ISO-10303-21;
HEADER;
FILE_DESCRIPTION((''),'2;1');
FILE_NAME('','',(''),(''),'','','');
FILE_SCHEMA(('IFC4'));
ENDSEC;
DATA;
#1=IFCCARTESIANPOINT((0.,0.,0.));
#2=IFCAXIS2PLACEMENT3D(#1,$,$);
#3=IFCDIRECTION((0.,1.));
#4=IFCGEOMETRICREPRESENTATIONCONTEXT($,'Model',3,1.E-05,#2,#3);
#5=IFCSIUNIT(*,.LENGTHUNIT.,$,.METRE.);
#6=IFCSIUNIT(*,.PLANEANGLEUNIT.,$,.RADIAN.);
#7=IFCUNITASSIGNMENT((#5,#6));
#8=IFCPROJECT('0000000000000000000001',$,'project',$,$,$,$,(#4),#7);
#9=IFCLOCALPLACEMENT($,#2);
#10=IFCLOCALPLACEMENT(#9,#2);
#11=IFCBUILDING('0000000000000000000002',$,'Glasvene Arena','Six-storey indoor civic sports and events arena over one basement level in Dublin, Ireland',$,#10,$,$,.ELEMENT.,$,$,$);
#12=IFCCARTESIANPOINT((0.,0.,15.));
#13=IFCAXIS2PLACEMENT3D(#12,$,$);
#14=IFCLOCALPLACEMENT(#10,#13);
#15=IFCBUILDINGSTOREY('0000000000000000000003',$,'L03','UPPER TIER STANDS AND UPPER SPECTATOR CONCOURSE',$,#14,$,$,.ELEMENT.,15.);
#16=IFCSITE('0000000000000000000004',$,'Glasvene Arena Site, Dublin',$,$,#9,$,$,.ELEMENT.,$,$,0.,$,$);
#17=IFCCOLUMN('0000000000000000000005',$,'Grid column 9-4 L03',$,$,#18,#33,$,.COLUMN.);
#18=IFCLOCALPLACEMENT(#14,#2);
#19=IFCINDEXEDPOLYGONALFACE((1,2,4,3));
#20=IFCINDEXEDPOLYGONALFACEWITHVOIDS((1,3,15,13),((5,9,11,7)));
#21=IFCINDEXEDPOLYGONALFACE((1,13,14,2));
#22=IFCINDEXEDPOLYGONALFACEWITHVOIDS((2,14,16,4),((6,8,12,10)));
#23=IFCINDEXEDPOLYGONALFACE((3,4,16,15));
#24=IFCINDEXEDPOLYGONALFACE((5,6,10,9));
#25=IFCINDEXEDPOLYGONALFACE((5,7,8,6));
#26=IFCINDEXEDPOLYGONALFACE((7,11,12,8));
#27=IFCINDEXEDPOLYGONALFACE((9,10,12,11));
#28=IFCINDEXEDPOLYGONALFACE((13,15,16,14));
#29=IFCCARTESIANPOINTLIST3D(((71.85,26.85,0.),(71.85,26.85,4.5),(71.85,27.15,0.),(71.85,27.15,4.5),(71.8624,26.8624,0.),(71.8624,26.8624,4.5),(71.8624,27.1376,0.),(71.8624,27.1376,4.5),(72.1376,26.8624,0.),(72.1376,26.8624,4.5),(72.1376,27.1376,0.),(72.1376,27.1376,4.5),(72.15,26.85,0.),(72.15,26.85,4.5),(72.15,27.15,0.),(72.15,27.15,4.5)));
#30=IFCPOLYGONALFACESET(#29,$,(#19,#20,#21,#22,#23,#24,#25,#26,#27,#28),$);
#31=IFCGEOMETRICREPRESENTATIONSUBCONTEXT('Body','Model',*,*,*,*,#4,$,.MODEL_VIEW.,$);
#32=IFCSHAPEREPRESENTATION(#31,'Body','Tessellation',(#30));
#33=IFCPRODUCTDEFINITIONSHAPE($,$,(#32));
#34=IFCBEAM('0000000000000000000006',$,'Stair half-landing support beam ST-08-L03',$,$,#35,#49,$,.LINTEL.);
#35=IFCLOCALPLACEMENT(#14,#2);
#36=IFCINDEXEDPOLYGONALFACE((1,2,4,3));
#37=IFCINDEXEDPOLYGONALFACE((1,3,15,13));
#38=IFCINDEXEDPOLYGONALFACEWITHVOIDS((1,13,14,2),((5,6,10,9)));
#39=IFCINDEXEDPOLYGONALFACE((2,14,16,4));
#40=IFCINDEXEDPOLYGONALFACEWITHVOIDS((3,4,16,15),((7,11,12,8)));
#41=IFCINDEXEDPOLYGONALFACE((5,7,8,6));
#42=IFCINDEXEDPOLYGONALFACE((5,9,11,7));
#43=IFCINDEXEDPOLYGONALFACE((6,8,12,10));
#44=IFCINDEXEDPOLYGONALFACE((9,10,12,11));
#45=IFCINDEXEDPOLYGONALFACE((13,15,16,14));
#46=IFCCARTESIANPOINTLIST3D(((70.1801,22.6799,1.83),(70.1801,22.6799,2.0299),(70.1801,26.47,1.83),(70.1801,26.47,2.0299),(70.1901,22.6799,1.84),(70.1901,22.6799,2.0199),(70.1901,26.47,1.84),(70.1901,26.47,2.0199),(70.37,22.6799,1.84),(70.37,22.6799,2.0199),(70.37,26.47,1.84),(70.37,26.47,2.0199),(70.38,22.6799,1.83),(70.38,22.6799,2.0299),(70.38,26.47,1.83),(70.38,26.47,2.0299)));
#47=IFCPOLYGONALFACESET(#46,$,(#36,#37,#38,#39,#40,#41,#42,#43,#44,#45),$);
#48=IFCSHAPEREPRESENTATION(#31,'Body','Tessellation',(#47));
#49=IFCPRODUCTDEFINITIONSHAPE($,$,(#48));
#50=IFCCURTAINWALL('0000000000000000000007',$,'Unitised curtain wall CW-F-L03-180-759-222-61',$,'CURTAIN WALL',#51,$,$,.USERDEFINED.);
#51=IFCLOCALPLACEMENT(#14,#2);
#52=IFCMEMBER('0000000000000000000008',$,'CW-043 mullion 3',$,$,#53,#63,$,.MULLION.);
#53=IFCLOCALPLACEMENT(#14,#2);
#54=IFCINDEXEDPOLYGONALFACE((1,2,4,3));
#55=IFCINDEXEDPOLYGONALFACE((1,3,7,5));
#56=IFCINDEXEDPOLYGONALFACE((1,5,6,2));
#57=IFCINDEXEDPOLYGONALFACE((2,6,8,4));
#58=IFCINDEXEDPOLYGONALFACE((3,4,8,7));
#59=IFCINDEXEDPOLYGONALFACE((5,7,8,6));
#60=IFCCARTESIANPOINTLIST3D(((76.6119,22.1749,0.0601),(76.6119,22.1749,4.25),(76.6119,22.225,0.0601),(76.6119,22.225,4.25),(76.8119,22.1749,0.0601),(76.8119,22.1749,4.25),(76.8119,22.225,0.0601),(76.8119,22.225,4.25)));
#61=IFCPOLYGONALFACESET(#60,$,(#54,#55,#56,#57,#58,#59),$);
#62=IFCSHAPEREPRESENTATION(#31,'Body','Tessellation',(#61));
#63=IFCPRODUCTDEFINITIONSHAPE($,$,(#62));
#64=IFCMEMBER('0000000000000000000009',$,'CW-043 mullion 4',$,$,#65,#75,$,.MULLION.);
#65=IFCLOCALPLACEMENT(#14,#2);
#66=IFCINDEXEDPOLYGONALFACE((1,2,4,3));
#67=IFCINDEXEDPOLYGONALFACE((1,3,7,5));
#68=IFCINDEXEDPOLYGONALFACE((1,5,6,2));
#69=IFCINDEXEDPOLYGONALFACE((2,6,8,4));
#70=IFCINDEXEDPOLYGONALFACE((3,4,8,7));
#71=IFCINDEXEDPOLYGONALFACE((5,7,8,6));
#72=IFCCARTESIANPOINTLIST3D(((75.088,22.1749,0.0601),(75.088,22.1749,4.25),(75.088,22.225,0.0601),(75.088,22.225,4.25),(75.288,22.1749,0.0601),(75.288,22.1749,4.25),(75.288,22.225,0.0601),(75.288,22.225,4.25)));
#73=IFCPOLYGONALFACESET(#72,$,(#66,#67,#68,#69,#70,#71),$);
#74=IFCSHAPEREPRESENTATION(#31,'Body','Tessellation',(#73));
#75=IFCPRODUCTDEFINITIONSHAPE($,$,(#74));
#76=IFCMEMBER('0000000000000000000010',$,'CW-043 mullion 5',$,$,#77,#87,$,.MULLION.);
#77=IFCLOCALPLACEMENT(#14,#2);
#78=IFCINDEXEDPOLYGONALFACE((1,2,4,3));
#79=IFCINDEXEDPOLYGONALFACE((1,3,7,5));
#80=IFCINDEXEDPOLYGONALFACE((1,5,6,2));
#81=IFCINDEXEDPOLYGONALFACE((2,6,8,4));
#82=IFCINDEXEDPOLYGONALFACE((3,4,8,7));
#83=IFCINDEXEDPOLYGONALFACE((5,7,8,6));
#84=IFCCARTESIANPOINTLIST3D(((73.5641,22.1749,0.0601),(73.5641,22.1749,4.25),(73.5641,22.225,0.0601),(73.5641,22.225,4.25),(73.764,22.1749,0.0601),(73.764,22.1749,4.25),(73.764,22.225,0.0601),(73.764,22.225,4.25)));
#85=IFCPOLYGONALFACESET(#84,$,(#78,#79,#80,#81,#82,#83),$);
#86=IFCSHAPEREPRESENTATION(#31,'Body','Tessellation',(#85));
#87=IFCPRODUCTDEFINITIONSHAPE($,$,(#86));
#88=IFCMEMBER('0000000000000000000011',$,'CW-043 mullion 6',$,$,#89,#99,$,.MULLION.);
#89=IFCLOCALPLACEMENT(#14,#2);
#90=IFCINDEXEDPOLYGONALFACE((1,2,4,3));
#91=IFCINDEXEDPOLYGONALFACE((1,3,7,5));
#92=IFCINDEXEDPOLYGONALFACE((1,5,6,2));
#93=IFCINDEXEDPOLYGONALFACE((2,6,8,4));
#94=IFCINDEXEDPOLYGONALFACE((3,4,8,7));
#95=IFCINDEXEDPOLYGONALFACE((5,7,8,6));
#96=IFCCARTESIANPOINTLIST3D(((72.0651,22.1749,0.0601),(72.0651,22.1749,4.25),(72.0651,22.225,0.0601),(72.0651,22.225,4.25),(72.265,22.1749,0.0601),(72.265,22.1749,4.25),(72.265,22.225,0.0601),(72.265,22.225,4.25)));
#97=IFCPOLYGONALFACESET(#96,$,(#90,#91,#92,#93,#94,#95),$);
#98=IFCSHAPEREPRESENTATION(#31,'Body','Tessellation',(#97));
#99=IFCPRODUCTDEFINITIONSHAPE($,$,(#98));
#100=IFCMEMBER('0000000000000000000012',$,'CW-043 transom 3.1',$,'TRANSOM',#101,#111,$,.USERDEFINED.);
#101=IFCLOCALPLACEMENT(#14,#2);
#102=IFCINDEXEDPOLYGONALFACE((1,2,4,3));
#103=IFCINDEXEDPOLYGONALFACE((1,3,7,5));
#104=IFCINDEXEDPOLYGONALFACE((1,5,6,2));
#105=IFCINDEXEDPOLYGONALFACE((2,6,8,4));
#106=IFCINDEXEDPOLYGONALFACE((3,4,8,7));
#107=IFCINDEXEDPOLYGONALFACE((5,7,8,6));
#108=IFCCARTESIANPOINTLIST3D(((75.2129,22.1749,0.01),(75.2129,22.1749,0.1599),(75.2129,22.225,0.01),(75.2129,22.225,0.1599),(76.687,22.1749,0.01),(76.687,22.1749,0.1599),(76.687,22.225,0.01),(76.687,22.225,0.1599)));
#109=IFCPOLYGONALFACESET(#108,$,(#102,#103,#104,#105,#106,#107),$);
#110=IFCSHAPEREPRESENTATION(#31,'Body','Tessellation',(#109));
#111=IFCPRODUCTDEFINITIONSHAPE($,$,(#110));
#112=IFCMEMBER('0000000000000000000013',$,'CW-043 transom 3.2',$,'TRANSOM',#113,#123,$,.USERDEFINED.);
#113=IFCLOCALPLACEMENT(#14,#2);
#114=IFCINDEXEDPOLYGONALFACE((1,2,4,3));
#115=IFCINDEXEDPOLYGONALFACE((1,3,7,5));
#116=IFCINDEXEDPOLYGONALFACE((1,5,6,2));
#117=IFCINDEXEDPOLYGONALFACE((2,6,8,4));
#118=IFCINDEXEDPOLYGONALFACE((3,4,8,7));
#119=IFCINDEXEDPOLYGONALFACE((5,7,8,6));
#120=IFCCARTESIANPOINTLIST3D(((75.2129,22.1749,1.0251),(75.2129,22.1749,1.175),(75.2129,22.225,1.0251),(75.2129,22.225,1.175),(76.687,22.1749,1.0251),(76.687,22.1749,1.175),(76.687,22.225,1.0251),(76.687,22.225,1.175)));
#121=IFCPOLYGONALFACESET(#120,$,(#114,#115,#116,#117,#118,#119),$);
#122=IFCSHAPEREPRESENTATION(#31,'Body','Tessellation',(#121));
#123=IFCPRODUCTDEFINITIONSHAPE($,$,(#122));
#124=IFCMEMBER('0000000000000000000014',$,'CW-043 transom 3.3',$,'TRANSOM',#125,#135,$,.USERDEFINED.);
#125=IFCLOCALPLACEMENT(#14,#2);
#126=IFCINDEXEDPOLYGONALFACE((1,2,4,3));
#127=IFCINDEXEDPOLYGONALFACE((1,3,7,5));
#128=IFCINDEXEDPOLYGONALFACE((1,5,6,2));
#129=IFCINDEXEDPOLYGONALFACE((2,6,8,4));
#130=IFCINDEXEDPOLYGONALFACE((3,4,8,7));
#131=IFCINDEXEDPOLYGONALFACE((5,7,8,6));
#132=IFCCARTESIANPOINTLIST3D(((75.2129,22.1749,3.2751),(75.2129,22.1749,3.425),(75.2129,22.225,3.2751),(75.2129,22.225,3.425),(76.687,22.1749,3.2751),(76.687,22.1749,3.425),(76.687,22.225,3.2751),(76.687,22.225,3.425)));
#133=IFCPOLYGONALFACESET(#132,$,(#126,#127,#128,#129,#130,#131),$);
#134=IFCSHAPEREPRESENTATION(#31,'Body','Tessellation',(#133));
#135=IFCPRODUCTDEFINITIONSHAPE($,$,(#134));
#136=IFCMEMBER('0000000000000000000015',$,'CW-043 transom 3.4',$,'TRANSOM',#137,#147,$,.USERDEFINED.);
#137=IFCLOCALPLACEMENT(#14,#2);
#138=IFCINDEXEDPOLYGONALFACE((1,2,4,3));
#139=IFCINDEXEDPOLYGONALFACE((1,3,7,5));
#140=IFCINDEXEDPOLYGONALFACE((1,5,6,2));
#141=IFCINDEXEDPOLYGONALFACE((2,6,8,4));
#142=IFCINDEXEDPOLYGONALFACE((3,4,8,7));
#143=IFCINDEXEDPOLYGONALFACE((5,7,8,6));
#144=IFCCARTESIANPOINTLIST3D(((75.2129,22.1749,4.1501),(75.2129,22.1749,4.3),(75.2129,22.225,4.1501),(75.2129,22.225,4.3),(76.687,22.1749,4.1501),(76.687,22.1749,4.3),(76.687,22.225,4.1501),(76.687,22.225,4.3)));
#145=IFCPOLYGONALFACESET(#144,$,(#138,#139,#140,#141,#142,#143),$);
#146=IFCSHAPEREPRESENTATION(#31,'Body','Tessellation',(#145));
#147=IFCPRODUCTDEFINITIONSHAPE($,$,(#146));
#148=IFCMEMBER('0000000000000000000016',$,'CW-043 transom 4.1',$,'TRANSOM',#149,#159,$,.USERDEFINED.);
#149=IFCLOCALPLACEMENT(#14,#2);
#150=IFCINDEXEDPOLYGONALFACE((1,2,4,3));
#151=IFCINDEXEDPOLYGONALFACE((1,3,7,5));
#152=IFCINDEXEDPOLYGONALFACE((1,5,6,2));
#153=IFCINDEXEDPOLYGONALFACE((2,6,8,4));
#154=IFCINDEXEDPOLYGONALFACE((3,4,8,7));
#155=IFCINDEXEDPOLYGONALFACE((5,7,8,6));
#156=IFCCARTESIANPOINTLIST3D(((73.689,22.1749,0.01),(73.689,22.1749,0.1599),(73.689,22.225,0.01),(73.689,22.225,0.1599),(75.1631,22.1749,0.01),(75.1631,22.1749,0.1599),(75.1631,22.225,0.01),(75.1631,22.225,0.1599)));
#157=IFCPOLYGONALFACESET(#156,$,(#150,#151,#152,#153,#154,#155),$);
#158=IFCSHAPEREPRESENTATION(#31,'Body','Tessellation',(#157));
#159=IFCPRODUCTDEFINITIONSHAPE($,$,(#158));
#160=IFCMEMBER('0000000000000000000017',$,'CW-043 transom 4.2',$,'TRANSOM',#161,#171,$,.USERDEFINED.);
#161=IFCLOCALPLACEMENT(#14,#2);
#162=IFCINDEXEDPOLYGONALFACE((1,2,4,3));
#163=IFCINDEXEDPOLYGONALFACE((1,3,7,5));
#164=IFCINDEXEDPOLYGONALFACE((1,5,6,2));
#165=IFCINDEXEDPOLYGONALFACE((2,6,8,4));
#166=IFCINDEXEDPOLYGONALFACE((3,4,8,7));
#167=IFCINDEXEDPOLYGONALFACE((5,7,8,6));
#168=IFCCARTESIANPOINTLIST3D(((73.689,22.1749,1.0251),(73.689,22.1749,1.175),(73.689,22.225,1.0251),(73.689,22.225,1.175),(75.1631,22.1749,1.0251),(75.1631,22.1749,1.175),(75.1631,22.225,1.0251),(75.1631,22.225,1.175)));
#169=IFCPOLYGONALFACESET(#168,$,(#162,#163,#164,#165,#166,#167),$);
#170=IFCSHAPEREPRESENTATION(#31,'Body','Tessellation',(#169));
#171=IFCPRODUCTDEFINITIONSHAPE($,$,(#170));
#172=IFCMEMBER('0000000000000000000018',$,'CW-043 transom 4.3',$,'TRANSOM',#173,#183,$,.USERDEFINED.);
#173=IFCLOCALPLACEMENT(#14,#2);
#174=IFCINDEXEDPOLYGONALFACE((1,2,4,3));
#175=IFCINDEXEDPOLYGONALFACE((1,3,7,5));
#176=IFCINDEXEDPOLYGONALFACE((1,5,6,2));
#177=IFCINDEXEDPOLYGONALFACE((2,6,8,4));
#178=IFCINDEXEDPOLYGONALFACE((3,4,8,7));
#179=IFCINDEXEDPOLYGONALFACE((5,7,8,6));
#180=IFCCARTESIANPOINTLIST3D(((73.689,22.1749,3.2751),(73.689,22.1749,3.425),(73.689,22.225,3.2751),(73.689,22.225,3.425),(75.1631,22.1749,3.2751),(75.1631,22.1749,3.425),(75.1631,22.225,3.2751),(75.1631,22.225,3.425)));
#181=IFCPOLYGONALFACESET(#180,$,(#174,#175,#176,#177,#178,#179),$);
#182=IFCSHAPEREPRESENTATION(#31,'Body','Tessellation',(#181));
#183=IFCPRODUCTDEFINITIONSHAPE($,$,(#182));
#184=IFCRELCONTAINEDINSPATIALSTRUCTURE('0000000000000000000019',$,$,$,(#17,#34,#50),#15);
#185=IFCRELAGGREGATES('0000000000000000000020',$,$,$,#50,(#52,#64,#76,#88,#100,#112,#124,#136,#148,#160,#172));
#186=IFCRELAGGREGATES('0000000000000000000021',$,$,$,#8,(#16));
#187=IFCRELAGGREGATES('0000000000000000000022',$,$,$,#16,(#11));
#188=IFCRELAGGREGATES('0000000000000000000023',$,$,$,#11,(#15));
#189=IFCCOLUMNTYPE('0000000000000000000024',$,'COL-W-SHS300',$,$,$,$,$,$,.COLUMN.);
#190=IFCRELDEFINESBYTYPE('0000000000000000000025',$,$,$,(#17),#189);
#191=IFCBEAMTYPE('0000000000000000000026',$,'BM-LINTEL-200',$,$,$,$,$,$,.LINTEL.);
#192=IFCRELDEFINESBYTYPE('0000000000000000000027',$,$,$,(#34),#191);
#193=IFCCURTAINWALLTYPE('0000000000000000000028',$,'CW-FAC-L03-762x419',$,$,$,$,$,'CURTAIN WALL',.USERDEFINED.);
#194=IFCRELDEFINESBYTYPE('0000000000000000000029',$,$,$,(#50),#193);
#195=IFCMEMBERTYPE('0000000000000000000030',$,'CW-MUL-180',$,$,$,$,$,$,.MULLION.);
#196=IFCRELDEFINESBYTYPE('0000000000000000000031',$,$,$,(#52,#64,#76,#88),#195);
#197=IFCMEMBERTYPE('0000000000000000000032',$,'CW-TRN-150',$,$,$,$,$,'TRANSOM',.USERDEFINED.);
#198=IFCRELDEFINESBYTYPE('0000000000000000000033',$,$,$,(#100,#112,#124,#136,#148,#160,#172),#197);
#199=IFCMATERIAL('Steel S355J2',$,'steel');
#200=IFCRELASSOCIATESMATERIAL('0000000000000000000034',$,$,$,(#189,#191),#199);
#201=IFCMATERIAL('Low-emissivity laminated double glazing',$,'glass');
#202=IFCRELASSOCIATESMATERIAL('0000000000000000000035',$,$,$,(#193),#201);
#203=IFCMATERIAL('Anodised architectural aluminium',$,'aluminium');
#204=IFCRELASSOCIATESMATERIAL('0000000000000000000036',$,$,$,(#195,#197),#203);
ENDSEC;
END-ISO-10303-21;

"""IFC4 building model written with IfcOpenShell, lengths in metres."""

from ifc_helpers import new_model, si_unit, direction, frame, origin, origin_2d, place, context, subcontext, project, spatial, rectangle, hollow_rectangle, extrude, material, material_profile, profile_set, type_object, element, aggregate, save


model = new_model("IFC4")

# Units and contexts
model_context = context("Model", 3, precision=1e-05, world=origin(), true_north=direction((0.0, 1.0)))
body_context = subcontext(model_context, "Body", "Model", "MODEL_VIEW")
ifc_project = project(units=[si_unit("LENGTHUNIT", "METRE"), si_unit("PLANEANGLEUNIT", "RADIAN")], contexts=[model_context])

# Site, building, storey
site_placement = place(None, origin())
site = spatial("IfcSite", under=ifc_project, at=site_placement, Name="Glasvene Arena Site, Dublin", CompositionType="ELEMENT", RefElevation=0.0)
building_placement = place(site_placement, origin())
building = spatial("IfcBuilding", under=site, at=building_placement, Name="Glasvene Arena", Description="Six-storey indoor civic sports and events arena over one basement level in Dublin, Ireland", CompositionType="ELEMENT")
storey_placement = place(building_placement, frame((0.0, 0.0, 15.0)))
storey = spatial("IfcBuildingStorey", under=building, at=storey_placement, Name="L03", Description="UPPER TIER STANDS AND UPPER SPECTATOR CONCOURSE", CompositionType="ELEMENT", Elevation=15.0)

# Column
ifc_material_1 = material(Name="Steel S355J2", Category="steel")
ifc_material_profile_1 = material_profile(ifc_material_1, hollow_rectangle(XDim=0.3, YDim=0.3, WallThickness=0.0125, at=origin_2d()), Name="SHS 300x300x12.5")
ifc_profile_set_1 = profile_set([ifc_material_profile_1], Name="Steel S355J2")
column_type = type_object("IfcColumnType", Name="COL-W-SHS300", PredefinedType="COLUMN", material=ifc_profile_set_1)
column_placement = place(storey_placement, frame((72.0, 27.0, 0.0), z_axis=(0.0, 0.0, 1.0), x_axis=(1.0, 0.0, 0.0)))
element("IfcColumn", 1, at=column_placement, inside=storey, type_object=column_type, Name="Grid column 9-4 L03", PredefinedType="COLUMN", context=body_context, shape_type="SweptSolid", body=[
    extrude(hollow_rectangle(XDim=0.3, YDim=0.3, WallThickness=0.0125, at=origin_2d()), origin(), (0.0, 0.0, 1.0), 4.5),
])

# Beam
ifc_material_profile_2 = material_profile(ifc_material_1, hollow_rectangle(XDim=0.2, YDim=0.2, WallThickness=0.01, at=origin_2d()), Name="SHS 200x200x10.0")
ifc_profile_set_2 = profile_set([ifc_material_profile_2], Name="Steel S355J2")
beam_type = type_object("IfcBeamType", Name="BM-LINTEL-200", PredefinedType="LINTEL", material=ifc_profile_set_2)
beam_placement = place(storey_placement, frame((70.28, 22.6799, 1.9299), z_axis=(0.0, 1.0, 0.0), x_axis=(-1.0, 0.0, 0.0)))
element("IfcBeam", 2, at=beam_placement, inside=storey, type_object=beam_type, Name="Stair half-landing support beam ST-08-L03", PredefinedType="LINTEL", context=body_context, shape_type="SweptSolid", body=[
    extrude(hollow_rectangle(XDim=0.2, YDim=0.2, WallThickness=0.01, at=origin_2d()), origin(), (0.0, 0.0, 1.0), 3.79),
])

# Curtain wall, members
ifc_material_2 = material(Name="Low-emissivity laminated double glazing", Category="glass")
curtain_wall_type = type_object("IfcCurtainWallType", Name="CW-FAC-L03-762x419", ElementType="CURTAIN WALL", PredefinedType="USERDEFINED", material=ifc_material_2)
curtain_wall_placement = place(storey_placement, frame((79.76, 22.2, 0.0)))
curtain_wall = element("IfcCurtainWall", 3, at=curtain_wall_placement, inside=storey, type_object=curtain_wall_type, Name="Unitised curtain wall CW-F-L03-180-759-222-61", ObjectType="CURTAIN WALL", PredefinedType="USERDEFINED")
ifc_material_3 = material(Name="Anodised architectural aluminium", Category="aluminium")
ifc_material_profile_3 = material_profile(ifc_material_3, rectangle(XDim=0.05, YDim=0.2, at=origin_2d()), Name="ALU MULLION 50x200")
ifc_profile_set_3 = profile_set([ifc_material_profile_3], Name="Anodised architectural aluminium")
member_type_1 = type_object("IfcMemberType", Name="CW-MUL-180", PredefinedType="MULLION", material=ifc_profile_set_3)
member_1_placement = place(storey_placement, frame((76.7119, 22.2, 0.0601), z_axis=(0.0, 0.0, 1.0), x_axis=(0.0, -1.0, 0.0)))
member_1 = element("IfcMember", 4, at=member_1_placement, type_object=member_type_1, Name="CW-043 mullion 3", PredefinedType="MULLION", context=body_context, shape_type="SweptSolid", body=[
    extrude(rectangle(XDim=0.05, YDim=0.2, at=origin_2d()), origin(), (0.0, 0.0, 1.0), 4.1899),
])
member_2_placement = place(storey_placement, frame((75.188, 22.2, 0.0601), z_axis=(0.0, 0.0, 1.0), x_axis=(0.0, -1.0, 0.0)))
member_2 = element("IfcMember", 5, at=member_2_placement, type_object=member_type_1, Name="CW-043 mullion 4", PredefinedType="MULLION", context=body_context, shape_type="SweptSolid", body=[
    extrude(rectangle(XDim=0.05, YDim=0.2, at=origin_2d()), origin(), (0.0, 0.0, 1.0), 4.1899),
])
member_3_placement = place(storey_placement, frame((73.6641, 22.2, 0.0601), z_axis=(0.0, 0.0, 1.0), x_axis=(0.0, -1.0, 0.0)))
member_3 = element("IfcMember", 6, at=member_3_placement, type_object=member_type_1, Name="CW-043 mullion 5", PredefinedType="MULLION", context=body_context, shape_type="SweptSolid", body=[
    extrude(rectangle(XDim=0.05, YDim=0.2, at=origin_2d()), origin(), (0.0, 0.0, 1.0), 4.1899),
])
member_4_placement = place(storey_placement, frame((72.165, 22.2, 0.0601), z_axis=(0.0, 0.0, 1.0), x_axis=(0.0, -1.0, 0.0)))
member_4 = element("IfcMember", 7, at=member_4_placement, type_object=member_type_1, Name="CW-043 mullion 6", PredefinedType="MULLION", context=body_context, shape_type="SweptSolid", body=[
    extrude(rectangle(XDim=0.05, YDim=0.2, at=origin_2d()), origin(), (0.0, 0.0, 1.0), 4.1899),
])
ifc_material_profile_4 = material_profile(ifc_material_3, rectangle(XDim=0.05, YDim=0.1499, at=origin_2d()), Name="ALU TRANSOM 50x150")
ifc_profile_set_4 = profile_set([ifc_material_profile_4], Name="Anodised architectural aluminium")
member_type_2 = type_object("IfcMemberType", Name="CW-TRN-150", ElementType="TRANSOM", PredefinedType="USERDEFINED", material=ifc_profile_set_4)
member_5_placement = place(storey_placement, frame((76.687, 22.2, 0.085), z_axis=(-1.0, 0.0, 0.0), x_axis=(0.0, -1.0, 0.0)))
member_5 = element("IfcMember", 8, at=member_5_placement, type_object=member_type_2, Name="CW-043 transom 3.1", ObjectType="TRANSOM", PredefinedType="USERDEFINED", context=body_context, shape_type="SweptSolid", body=[
    extrude(rectangle(XDim=0.05, YDim=0.1499, at=origin_2d()), origin(), (0.0, 0.0, 1.0), 1.4741),
])
member_6_placement = place(storey_placement, frame((76.687, 22.2, 1.1001), z_axis=(-1.0, 0.0, 0.0), x_axis=(0.0, -1.0, 0.0)))
member_6 = element("IfcMember", 9, at=member_6_placement, type_object=member_type_2, Name="CW-043 transom 3.2", ObjectType="TRANSOM", PredefinedType="USERDEFINED", context=body_context, shape_type="SweptSolid", body=[
    extrude(rectangle(XDim=0.05, YDim=0.1499, at=origin_2d()), origin(), (0.0, 0.0, 1.0), 1.4741),
])
member_7_placement = place(storey_placement, frame((76.687, 22.2, 3.3501), z_axis=(-1.0, 0.0, 0.0), x_axis=(0.0, -1.0, 0.0)))
member_7 = element("IfcMember", 10, at=member_7_placement, type_object=member_type_2, Name="CW-043 transom 3.3", ObjectType="TRANSOM", PredefinedType="USERDEFINED", context=body_context, shape_type="SweptSolid", body=[
    extrude(rectangle(XDim=0.05, YDim=0.1499, at=origin_2d()), origin(), (0.0, 0.0, 1.0), 1.4741),
])
member_8_placement = place(storey_placement, frame((76.687, 22.2, 4.2251), z_axis=(-1.0, 0.0, 0.0), x_axis=(0.0, -1.0, 0.0)))
member_8 = element("IfcMember", 11, at=member_8_placement, type_object=member_type_2, Name="CW-043 transom 3.4", ObjectType="TRANSOM", PredefinedType="USERDEFINED", context=body_context, shape_type="SweptSolid", body=[
    extrude(rectangle(XDim=0.05, YDim=0.1499, at=origin_2d()), origin(), (0.0, 0.0, 1.0), 1.4741),
])
member_9_placement = place(storey_placement, frame((75.1631, 22.2, 0.085), z_axis=(-1.0, 0.0, 0.0), x_axis=(0.0, -1.0, 0.0)))
member_9 = element("IfcMember", 12, at=member_9_placement, type_object=member_type_2, Name="CW-043 transom 4.1", ObjectType="TRANSOM", PredefinedType="USERDEFINED", context=body_context, shape_type="SweptSolid", body=[
    extrude(rectangle(XDim=0.05, YDim=0.1499, at=origin_2d()), origin(), (0.0, 0.0, 1.0), 1.4741),
])
member_10_placement = place(storey_placement, frame((75.1631, 22.2, 1.1001), z_axis=(-1.0, 0.0, 0.0), x_axis=(0.0, -1.0, 0.0)))
member_10 = element("IfcMember", 13, at=member_10_placement, type_object=member_type_2, Name="CW-043 transom 4.2", ObjectType="TRANSOM", PredefinedType="USERDEFINED", context=body_context, shape_type="SweptSolid", body=[
    extrude(rectangle(XDim=0.05, YDim=0.1499, at=origin_2d()), origin(), (0.0, 0.0, 1.0), 1.4741),
])
member_11_placement = place(storey_placement, frame((75.1631, 22.2, 3.3501), z_axis=(-1.0, 0.0, 0.0), x_axis=(0.0, -1.0, 0.0)))
member_11 = element("IfcMember", 14, at=member_11_placement, type_object=member_type_2, Name="CW-043 transom 4.3", ObjectType="TRANSOM", PredefinedType="USERDEFINED", context=body_context, shape_type="SweptSolid", body=[
    extrude(rectangle(XDim=0.05, YDim=0.1499, at=origin_2d()), origin(), (0.0, 0.0, 1.0), 1.4741),
])
aggregate(curtain_wall, [member_1, member_2, member_3, member_4, member_5, member_6, member_7, member_8, member_9, member_10, member_11])

save(model, "model.ifc")
